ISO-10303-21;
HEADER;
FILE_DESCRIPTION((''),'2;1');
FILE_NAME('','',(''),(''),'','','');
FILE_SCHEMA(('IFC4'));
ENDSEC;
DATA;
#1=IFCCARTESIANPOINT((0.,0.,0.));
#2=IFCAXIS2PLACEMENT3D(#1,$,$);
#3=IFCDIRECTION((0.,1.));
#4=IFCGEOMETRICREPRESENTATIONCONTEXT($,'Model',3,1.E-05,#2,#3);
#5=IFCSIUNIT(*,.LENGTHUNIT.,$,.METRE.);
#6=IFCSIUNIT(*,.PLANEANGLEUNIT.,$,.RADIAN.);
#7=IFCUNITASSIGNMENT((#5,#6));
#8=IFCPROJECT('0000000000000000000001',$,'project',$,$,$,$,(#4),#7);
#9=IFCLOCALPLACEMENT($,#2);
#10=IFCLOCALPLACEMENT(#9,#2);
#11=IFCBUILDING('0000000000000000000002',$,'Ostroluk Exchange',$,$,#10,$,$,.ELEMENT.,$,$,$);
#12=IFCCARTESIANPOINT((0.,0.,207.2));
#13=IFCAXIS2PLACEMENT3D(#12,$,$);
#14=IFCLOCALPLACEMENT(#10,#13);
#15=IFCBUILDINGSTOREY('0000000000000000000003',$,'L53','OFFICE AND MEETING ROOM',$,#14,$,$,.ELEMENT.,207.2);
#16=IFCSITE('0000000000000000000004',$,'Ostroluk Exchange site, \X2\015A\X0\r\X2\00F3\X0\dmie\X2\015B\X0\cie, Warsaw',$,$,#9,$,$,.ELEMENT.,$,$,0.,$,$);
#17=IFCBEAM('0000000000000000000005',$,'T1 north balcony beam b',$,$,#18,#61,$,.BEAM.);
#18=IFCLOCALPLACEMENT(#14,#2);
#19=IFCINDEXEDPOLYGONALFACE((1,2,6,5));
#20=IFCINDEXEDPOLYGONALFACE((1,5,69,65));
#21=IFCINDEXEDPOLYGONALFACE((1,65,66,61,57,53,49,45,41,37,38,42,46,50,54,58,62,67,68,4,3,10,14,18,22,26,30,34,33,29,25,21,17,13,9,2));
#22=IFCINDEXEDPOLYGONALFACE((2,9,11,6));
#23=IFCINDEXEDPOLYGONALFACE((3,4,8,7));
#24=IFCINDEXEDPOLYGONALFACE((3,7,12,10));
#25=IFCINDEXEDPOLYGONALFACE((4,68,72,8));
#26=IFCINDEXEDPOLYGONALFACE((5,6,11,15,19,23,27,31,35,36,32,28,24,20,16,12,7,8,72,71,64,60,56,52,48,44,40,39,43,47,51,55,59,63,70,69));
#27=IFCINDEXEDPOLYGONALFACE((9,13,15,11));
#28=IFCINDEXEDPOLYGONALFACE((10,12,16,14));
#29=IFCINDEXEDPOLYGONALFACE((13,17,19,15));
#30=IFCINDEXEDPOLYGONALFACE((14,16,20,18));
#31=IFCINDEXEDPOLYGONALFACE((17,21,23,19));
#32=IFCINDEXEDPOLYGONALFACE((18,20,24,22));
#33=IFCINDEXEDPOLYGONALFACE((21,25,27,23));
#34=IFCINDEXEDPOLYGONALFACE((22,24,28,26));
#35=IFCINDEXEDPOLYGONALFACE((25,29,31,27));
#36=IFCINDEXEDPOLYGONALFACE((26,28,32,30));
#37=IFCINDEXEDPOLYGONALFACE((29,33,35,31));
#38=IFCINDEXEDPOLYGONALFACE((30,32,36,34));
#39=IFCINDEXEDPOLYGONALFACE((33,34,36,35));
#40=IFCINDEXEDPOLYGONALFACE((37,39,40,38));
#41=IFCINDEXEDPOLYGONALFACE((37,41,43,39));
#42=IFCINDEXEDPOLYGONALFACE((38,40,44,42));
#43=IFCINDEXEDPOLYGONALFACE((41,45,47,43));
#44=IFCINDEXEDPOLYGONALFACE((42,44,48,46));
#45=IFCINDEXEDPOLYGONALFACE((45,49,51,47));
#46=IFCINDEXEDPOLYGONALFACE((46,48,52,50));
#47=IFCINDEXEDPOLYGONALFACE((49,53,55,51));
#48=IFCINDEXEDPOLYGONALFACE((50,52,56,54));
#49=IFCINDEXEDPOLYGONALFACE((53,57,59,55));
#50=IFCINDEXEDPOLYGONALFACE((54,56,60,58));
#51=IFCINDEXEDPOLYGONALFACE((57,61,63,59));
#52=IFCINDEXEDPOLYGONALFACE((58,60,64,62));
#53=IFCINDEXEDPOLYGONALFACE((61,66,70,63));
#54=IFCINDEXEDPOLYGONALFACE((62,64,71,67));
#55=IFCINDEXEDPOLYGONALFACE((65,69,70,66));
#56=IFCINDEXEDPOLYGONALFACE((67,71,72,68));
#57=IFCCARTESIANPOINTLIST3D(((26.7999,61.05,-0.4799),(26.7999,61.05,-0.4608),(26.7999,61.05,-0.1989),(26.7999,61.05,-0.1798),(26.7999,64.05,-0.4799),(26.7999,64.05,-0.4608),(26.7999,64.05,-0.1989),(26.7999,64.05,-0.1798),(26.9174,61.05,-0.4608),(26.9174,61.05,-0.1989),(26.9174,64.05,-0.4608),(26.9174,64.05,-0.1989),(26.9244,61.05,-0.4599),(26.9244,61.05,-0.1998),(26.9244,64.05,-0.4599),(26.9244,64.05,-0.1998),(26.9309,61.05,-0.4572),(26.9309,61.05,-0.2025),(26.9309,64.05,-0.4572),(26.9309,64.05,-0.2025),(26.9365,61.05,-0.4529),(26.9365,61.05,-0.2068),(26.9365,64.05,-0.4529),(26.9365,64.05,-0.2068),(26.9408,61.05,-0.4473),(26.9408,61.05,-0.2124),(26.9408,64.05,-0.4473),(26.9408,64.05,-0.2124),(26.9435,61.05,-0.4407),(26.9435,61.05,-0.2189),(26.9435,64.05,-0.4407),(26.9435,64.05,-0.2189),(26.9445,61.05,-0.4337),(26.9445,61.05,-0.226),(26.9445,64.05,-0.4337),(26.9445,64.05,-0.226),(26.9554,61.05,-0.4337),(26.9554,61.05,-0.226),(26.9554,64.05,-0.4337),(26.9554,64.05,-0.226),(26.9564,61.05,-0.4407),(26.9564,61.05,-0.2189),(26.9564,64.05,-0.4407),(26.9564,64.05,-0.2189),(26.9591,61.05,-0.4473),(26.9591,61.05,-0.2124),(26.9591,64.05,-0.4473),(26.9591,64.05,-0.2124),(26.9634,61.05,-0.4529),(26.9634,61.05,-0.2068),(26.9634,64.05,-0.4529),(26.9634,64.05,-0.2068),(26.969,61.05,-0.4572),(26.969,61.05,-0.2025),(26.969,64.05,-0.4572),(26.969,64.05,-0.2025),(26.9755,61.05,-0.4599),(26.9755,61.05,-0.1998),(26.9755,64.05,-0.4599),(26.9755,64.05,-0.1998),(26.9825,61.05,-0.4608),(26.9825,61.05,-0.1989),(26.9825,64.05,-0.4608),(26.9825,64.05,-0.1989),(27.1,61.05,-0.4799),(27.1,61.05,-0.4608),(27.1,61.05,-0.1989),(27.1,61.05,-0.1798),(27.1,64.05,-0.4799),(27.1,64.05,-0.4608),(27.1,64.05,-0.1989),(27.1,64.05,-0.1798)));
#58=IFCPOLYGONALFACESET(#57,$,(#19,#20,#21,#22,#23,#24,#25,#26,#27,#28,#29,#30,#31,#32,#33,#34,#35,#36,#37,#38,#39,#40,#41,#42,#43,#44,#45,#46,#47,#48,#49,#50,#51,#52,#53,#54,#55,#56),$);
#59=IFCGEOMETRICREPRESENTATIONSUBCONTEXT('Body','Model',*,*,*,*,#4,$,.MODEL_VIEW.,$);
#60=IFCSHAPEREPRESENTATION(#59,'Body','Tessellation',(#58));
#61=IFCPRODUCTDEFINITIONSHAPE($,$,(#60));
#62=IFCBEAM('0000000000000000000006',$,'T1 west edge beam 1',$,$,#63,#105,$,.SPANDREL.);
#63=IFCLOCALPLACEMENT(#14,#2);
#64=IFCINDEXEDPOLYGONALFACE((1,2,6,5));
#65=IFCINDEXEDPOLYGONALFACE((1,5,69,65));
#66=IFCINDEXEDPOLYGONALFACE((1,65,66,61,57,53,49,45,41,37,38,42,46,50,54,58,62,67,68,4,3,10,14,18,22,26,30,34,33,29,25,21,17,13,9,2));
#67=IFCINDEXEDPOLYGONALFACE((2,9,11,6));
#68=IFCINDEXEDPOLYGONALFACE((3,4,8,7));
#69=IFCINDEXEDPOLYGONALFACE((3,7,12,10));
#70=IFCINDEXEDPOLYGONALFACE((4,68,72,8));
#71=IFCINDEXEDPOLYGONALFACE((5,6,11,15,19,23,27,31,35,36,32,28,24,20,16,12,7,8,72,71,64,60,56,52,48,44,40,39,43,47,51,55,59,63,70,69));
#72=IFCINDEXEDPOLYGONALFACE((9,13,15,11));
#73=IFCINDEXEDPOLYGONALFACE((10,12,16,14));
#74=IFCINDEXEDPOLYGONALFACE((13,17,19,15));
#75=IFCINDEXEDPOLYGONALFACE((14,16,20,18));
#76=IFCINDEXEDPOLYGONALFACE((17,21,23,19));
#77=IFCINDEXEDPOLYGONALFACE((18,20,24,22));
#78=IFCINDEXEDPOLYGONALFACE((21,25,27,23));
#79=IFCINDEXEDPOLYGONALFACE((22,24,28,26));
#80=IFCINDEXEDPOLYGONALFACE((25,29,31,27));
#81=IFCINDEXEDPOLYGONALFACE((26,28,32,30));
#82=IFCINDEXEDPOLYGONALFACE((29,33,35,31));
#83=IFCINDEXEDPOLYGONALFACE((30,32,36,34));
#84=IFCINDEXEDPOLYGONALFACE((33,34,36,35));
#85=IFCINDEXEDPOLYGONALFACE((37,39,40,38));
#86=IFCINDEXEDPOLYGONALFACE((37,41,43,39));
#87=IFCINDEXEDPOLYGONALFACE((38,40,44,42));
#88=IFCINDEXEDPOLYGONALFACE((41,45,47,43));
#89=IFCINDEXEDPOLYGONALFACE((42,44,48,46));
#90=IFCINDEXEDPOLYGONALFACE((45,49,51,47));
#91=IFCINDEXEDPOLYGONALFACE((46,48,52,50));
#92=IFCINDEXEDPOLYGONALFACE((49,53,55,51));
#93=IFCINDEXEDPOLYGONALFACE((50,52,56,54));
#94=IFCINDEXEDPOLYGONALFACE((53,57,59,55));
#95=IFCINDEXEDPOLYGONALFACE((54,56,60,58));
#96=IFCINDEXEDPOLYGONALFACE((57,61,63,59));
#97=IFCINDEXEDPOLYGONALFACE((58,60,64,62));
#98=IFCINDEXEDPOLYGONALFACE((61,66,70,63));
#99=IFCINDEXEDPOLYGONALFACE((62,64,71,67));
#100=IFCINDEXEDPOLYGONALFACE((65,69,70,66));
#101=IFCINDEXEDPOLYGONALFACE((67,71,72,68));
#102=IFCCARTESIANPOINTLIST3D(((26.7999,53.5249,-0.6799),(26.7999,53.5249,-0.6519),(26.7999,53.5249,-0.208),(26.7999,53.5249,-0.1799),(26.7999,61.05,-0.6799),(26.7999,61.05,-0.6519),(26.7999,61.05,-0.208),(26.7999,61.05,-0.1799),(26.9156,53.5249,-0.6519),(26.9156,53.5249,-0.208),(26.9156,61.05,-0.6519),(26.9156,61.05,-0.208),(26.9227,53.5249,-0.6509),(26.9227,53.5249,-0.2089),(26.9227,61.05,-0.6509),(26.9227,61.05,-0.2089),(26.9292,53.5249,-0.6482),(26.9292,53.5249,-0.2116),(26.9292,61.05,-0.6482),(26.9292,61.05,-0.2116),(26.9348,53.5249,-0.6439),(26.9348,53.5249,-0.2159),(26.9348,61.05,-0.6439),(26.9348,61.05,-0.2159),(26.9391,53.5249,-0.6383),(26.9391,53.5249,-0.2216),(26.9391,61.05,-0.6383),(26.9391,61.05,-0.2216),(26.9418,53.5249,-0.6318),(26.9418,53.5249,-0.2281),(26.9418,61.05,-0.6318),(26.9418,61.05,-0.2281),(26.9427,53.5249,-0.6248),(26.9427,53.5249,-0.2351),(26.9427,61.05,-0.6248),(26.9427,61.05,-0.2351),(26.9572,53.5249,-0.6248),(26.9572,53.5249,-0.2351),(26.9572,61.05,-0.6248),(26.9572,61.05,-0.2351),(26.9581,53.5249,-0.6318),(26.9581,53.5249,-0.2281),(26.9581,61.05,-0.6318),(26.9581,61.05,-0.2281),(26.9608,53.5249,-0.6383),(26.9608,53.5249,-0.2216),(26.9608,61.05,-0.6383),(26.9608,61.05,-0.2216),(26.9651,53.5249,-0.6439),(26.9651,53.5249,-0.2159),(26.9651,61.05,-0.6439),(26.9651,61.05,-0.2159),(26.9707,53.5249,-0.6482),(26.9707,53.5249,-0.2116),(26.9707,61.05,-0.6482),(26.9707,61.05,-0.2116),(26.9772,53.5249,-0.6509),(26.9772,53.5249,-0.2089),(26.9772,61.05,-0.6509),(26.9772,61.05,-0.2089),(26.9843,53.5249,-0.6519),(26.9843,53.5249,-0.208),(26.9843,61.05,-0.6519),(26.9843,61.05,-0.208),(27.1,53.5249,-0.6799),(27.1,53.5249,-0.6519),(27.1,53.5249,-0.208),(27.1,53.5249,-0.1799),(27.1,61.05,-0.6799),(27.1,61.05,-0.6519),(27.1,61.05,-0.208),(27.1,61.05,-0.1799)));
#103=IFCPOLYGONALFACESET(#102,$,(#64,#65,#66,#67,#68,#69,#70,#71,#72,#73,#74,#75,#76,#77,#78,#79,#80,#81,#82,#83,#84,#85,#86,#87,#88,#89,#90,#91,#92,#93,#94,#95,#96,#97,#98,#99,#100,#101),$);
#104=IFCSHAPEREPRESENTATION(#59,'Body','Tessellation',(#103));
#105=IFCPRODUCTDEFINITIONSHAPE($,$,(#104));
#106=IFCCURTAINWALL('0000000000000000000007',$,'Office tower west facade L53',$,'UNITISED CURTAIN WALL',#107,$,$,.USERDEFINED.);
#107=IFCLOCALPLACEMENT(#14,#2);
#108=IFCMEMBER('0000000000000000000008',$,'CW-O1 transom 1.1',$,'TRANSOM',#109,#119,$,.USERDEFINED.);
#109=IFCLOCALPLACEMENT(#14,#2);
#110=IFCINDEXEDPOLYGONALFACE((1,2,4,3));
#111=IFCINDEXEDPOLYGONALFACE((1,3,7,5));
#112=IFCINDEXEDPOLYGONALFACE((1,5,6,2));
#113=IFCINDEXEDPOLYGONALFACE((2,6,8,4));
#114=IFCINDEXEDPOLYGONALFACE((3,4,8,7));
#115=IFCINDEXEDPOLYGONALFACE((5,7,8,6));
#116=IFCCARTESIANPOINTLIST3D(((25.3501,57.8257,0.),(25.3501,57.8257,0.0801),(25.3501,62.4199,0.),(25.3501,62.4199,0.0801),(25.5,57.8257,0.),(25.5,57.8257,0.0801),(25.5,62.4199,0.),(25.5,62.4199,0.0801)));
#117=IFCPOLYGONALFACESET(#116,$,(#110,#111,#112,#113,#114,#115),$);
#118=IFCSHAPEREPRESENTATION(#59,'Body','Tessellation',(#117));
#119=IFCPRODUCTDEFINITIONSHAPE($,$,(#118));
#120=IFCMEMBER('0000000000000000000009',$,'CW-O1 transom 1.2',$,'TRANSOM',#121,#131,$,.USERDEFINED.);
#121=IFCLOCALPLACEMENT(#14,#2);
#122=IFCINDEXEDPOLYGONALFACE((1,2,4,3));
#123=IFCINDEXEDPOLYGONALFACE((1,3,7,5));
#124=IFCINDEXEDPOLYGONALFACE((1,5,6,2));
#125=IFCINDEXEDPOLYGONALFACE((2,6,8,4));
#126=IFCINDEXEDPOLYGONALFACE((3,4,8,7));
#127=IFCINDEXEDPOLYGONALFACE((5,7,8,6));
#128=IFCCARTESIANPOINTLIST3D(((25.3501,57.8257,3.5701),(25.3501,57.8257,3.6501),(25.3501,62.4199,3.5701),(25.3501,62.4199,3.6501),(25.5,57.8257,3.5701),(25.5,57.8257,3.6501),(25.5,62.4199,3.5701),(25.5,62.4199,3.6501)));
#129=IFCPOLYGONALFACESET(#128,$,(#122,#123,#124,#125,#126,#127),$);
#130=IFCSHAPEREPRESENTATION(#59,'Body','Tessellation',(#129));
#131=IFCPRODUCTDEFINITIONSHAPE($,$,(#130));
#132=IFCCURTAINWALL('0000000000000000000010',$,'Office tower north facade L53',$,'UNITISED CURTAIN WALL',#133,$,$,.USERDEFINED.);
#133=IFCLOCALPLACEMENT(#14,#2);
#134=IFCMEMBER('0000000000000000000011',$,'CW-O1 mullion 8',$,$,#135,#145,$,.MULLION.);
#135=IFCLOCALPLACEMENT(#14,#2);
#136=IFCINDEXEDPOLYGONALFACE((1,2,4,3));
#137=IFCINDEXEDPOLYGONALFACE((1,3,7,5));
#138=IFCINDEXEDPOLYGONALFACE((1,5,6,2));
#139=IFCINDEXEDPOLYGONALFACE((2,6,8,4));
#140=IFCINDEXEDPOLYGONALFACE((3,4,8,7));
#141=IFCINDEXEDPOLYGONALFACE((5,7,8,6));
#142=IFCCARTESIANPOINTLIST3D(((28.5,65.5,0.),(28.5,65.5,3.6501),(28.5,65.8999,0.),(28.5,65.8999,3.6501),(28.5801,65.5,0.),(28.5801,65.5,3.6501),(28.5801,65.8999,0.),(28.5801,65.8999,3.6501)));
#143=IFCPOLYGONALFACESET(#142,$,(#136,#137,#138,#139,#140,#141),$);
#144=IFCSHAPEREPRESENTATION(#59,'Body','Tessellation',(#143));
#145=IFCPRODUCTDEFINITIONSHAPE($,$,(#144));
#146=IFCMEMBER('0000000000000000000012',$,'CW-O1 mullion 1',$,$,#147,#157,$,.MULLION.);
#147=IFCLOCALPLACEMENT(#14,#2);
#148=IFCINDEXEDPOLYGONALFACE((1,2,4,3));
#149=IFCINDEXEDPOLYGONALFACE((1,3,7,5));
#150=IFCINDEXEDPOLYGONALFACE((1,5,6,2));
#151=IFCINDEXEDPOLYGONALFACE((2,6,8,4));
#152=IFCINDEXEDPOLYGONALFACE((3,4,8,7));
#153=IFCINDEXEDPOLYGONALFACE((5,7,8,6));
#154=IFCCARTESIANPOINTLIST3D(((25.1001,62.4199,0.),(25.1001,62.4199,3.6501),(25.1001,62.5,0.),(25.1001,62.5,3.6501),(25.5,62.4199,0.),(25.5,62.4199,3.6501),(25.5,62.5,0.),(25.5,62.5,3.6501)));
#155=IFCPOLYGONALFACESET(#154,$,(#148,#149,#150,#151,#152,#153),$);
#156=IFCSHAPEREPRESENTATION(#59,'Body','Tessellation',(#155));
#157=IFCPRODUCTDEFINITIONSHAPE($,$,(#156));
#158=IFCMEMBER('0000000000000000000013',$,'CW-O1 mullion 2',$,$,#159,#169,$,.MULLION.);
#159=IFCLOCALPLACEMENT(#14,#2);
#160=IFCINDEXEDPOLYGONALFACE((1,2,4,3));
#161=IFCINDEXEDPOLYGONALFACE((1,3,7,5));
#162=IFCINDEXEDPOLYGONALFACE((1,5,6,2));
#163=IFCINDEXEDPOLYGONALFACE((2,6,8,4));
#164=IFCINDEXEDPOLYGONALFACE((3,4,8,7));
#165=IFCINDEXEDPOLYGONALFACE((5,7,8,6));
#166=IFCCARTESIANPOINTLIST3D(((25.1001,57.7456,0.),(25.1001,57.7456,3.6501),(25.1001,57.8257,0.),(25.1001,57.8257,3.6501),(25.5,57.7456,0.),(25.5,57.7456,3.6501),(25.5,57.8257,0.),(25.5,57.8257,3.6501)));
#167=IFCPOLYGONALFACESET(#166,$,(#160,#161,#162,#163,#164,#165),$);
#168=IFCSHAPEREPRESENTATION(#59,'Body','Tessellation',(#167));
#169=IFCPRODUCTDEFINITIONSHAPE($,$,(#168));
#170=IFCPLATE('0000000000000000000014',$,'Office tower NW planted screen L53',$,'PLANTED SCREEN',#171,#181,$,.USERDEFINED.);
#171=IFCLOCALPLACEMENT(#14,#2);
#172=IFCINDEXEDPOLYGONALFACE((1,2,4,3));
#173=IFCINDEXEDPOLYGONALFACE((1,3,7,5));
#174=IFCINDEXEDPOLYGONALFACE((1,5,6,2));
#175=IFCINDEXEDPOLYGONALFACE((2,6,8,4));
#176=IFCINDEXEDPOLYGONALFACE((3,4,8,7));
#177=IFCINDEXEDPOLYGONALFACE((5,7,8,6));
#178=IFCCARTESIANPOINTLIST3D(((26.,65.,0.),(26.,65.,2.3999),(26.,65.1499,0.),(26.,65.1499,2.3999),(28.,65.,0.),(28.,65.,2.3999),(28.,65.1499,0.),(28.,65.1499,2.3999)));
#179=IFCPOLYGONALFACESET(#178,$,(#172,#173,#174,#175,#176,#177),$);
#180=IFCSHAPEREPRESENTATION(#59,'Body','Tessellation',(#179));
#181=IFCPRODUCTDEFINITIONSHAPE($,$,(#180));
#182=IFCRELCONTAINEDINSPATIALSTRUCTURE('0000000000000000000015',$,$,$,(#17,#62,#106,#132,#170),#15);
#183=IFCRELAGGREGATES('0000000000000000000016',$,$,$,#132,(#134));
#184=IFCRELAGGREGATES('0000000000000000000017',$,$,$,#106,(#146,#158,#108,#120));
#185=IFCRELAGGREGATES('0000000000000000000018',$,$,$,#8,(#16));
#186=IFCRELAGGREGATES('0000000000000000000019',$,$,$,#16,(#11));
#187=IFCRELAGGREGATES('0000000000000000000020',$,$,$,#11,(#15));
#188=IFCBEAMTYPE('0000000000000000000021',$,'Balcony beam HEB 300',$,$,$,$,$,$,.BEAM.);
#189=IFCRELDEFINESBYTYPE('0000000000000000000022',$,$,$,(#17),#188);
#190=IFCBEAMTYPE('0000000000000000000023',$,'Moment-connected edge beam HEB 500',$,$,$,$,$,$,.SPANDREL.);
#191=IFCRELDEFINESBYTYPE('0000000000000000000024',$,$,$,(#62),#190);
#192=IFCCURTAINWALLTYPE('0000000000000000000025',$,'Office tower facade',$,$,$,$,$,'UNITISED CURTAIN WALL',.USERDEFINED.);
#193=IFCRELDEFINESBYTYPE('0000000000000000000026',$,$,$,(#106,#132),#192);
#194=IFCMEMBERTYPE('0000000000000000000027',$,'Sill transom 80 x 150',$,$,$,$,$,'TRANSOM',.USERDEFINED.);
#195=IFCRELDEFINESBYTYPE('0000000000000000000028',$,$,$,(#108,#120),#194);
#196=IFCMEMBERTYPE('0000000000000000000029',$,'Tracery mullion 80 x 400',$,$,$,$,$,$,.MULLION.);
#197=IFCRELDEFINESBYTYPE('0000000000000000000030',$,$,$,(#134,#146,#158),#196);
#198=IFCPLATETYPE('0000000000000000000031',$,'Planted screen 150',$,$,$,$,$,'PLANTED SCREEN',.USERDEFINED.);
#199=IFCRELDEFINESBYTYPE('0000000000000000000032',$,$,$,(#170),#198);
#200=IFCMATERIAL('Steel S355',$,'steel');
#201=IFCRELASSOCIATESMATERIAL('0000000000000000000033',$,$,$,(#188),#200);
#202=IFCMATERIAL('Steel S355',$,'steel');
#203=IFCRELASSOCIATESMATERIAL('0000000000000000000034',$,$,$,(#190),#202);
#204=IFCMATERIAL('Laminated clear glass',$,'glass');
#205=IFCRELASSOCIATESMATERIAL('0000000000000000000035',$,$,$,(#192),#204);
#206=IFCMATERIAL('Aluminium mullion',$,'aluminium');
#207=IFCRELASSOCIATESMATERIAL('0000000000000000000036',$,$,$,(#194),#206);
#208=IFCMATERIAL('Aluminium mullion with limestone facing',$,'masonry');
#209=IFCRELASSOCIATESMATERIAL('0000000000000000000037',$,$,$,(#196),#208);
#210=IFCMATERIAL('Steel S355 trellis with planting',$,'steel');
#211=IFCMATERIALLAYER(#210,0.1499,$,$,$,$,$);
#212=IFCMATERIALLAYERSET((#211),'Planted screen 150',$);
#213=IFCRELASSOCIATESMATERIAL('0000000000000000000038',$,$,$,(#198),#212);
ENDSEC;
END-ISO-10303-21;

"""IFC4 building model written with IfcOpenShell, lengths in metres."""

from ifc_helpers import new_model, si_unit, direction, frame, origin, origin_2d, place, context, subcontext, project, spatial, rectangle, i_section, extrude, material, layer, layer_set, material_profile, profile_set, type_object, element, aggregate, save


model = new_model("IFC4")

# Units and contexts
model_context = context("Model", 3, precision=1e-05, world=origin(), true_north=direction((0.0, 1.0)))
body_context = subcontext(model_context, "Body", "Model", "MODEL_VIEW")
ifc_project = project(units=[si_unit("LENGTHUNIT", "METRE"), si_unit("PLANEANGLEUNIT", "RADIAN")], contexts=[model_context])

# Site, building, storey
site_placement = place(None, origin())
site = spatial("IfcSite", under=ifc_project, at=site_placement, Name="Ostroluk Exchange site, Śródmieście, Warsaw", CompositionType="ELEMENT", RefElevation=0.0)
building_placement = place(site_placement, origin())
building = spatial("IfcBuilding", under=site, at=building_placement, Name="Ostroluk Exchange", CompositionType="ELEMENT")
storey_placement = place(building_placement, frame((0.0, 0.0, 207.2)))
storey = spatial("IfcBuildingStorey", under=building, at=storey_placement, Name="L53", Description="OFFICE AND MEETING ROOM", CompositionType="ELEMENT", Elevation=207.2)

# Beams
ifc_material_1 = material(Name="Steel S355", Category="steel")
ifc_material_profile_1 = material_profile(ifc_material_1, i_section(OverallWidth=0.3, OverallDepth=0.3, WebThickness=0.011, FlangeThickness=0.019, FilletRadius=0.0271, at=origin_2d()), Name="HEB 300")
ifc_profile_set_1 = profile_set([ifc_material_profile_1], Name="Steel S355")
beam_type_1 = type_object("IfcBeamType", Name="Balcony beam HEB 300", PredefinedType="BEAM", material=ifc_profile_set_1)
for number, where, z_axis, x_axis, name in (
    (1, (26.95, 61.05, -0.3298), (0.0, 1.0, 0.0), (-1.0, 0.0, 0.0), "T1 north balcony beam b"),
):
    element("IfcBeam", number, at=place(storey_placement, frame(where, z_axis=z_axis, x_axis=x_axis)), inside=storey, type_object=beam_type_1, Name=name, PredefinedType="BEAM", context=body_context, shape_type="SweptSolid", body=[
        extrude(i_section(OverallWidth=0.3, OverallDepth=0.3, WebThickness=0.011, FlangeThickness=0.019, FilletRadius=0.0271, at=origin_2d()), origin(), (0.0, 0.0, 1.0), 3.0),
    ])
ifc_material_2 = material(Name="Steel S355", Category="steel")
ifc_material_profile_2 = material_profile(ifc_material_2, i_section(OverallWidth=0.3, OverallDepth=0.5, WebThickness=0.0144, FlangeThickness=0.0281, FilletRadius=0.0271, at=origin_2d()), Name="HEB 500")
ifc_profile_set_2 = profile_set([ifc_material_profile_2], Name="Steel S355")
beam_type_2 = type_object("IfcBeamType", Name="Moment-connected edge beam HEB 500", PredefinedType="SPANDREL", material=ifc_profile_set_2)
beam_placement = place(storey_placement, frame((26.95, 61.05, -0.4299), z_axis=(0.0, -1.0, 0.0), x_axis=(1.0, 0.0, 0.0)))
element("IfcBeam", 2, at=beam_placement, inside=storey, type_object=beam_type_2, Name="T1 west edge beam 1", PredefinedType="SPANDREL", context=body_context, shape_type="SweptSolid", body=[
    extrude(i_section(OverallWidth=0.3, OverallDepth=0.5, WebThickness=0.0144, FlangeThickness=0.0281, FilletRadius=0.0271, at=origin_2d()), origin(), (0.0, 0.0, 1.0), 7.5251),
])

# Curtain wall, members
ifc_material_3 = material(Name="Laminated clear glass", Category="glass")
curtain_wall_type = type_object("IfcCurtainWallType", Name="Office tower facade", ElementType="UNITISED CURTAIN WALL", PredefinedType="USERDEFINED", material=ifc_material_3)
curtain_wall_1_placement = place(storey_placement, origin())
curtain_wall_1 = element("IfcCurtainWall", 3, at=curtain_wall_1_placement, inside=storey, type_object=curtain_wall_type, Name="Office tower west facade L53", ObjectType="UNITISED CURTAIN WALL", PredefinedType="USERDEFINED")
ifc_material_4 = material(Name="Aluminium mullion", Category="aluminium")
ifc_material_profile_3 = material_profile(ifc_material_4, rectangle(XDim=0.1499, YDim=0.0801, at=origin_2d()), Name="Sill transom 80 x 150")
ifc_profile_set_3 = profile_set([ifc_material_profile_3], Name="Aluminium mullion")
member_type_1 = type_object("IfcMemberType", Name="Sill transom 80 x 150", ElementType="TRANSOM", PredefinedType="USERDEFINED", material=ifc_profile_set_3)
member_1_placement = place(storey_placement, frame((25.425, 62.4199, 0.04), z_axis=(0.0, -1.0, 0.0), x_axis=(1.0, 0.0, 0.0)))
member_1 = element("IfcMember", 4, at=member_1_placement, type_object=member_type_1, Name="CW-O1 transom 1.1", ObjectType="TRANSOM", PredefinedType="USERDEFINED", context=body_context, shape_type="SweptSolid", body=[
    extrude(rectangle(XDim=0.1499, YDim=0.0801, at=origin_2d()), origin(), (0.0, 0.0, 1.0), 4.5942),
])
member_2_placement = place(storey_placement, frame((25.425, 62.4199, 3.6101), z_axis=(0.0, -1.0, 0.0), x_axis=(1.0, 0.0, 0.0)))
member_2 = element("IfcMember", 5, at=member_2_placement, type_object=member_type_1, Name="CW-O1 transom 1.2", ObjectType="TRANSOM", PredefinedType="USERDEFINED", context=body_context, shape_type="SweptSolid", body=[
    extrude(rectangle(XDim=0.1499, YDim=0.0801, at=origin_2d()), origin(), (0.0, 0.0, 1.0), 4.5942),
])

# Curtain wall, member
curtain_wall_2_placement = place(storey_placement, origin())
curtain_wall_2 = element("IfcCurtainWall", 6, at=curtain_wall_2_placement, inside=storey, type_object=curtain_wall_type, Name="Office tower north facade L53", ObjectType="UNITISED CURTAIN WALL", PredefinedType="USERDEFINED")
ifc_material_5 = material(Name="Aluminium mullion with limestone facing", Category="masonry")
ifc_material_profile_4 = material_profile(ifc_material_5, rectangle(XDim=0.3999, YDim=0.0801, at=origin_2d()), Name="Tracery mullion 80 x 400")
ifc_profile_set_4 = profile_set([ifc_material_profile_4], Name="Aluminium mullion with limestone facing")
member_type_2 = type_object("IfcMemberType", Name="Tracery mullion 80 x 400", PredefinedType="MULLION", material=ifc_profile_set_4)
member_3_placement = place(storey_placement, frame((28.54, 65.7, 0.0), z_axis=(0.0, 0.0, 1.0), x_axis=(0.0, -1.0, 0.0)))
member_3 = element("IfcMember", 7, at=member_3_placement, type_object=member_type_2, Name="CW-O1 mullion 8", PredefinedType="MULLION", context=body_context, shape_type="SweptSolid", body=[
    extrude(rectangle(XDim=0.3999, YDim=0.0801, at=origin_2d()), origin(), (0.0, 0.0, 1.0), 3.6501),
])

# Members
member_4_placement = place(storey_placement, frame((25.3, 62.46, 0.0), z_axis=(0.0, 0.0, 1.0), x_axis=(1.0, 0.0, 0.0)))
member_4 = element("IfcMember", 8, at=member_4_placement, type_object=member_type_2, Name="CW-O1 mullion 1", PredefinedType="MULLION", context=body_context, shape_type="SweptSolid", body=[
    extrude(rectangle(XDim=0.3999, YDim=0.0801, at=origin_2d()), origin(), (0.0, 0.0, 1.0), 3.6501),
])
member_5_placement = place(storey_placement, frame((25.3, 57.7856, 0.0), z_axis=(0.0, 0.0, 1.0), x_axis=(1.0, 0.0, 0.0)))
member_5 = element("IfcMember", 9, at=member_5_placement, type_object=member_type_2, Name="CW-O1 mullion 2", PredefinedType="MULLION", context=body_context, shape_type="SweptSolid", body=[
    extrude(rectangle(XDim=0.3999, YDim=0.0801, at=origin_2d()), origin(), (0.0, 0.0, 1.0), 3.6501),
])

# Plate
ifc_material_6 = material(Name="Steel S355 trellis with planting", Category="steel")
ifc_layer_1 = layer(ifc_material_6, 0.1499)
ifc_layer_set_1 = layer_set([ifc_layer_1], Name="Planted screen 150")
plate_type_1 = type_object("IfcPlateType", Name="Planted screen 150", ElementType="PLANTED SCREEN", PredefinedType="USERDEFINED", material=ifc_layer_set_1)
plate_1_placement = place(storey_placement, frame((27.0, 65.075, 0.0), z_axis=(0.0, 0.0, 1.0), x_axis=(1.0, 0.0, 0.0)))
element("IfcPlate", 10, at=plate_1_placement, inside=storey, type_object=plate_type_1, Name="Office tower NW planted screen L53", ObjectType="PLANTED SCREEN", PredefinedType="USERDEFINED", context=body_context, shape_type="SweptSolid", body=[
    extrude(rectangle(XDim=2.0, YDim=0.1499, at=origin_2d()), origin(), (0.0, 0.0, 1.0), 2.3999),
])
aggregate(curtain_wall_2, [member_3])
aggregate(curtain_wall_1, [member_4, member_5, member_1, member_2])

save(model, "model.ifc")
